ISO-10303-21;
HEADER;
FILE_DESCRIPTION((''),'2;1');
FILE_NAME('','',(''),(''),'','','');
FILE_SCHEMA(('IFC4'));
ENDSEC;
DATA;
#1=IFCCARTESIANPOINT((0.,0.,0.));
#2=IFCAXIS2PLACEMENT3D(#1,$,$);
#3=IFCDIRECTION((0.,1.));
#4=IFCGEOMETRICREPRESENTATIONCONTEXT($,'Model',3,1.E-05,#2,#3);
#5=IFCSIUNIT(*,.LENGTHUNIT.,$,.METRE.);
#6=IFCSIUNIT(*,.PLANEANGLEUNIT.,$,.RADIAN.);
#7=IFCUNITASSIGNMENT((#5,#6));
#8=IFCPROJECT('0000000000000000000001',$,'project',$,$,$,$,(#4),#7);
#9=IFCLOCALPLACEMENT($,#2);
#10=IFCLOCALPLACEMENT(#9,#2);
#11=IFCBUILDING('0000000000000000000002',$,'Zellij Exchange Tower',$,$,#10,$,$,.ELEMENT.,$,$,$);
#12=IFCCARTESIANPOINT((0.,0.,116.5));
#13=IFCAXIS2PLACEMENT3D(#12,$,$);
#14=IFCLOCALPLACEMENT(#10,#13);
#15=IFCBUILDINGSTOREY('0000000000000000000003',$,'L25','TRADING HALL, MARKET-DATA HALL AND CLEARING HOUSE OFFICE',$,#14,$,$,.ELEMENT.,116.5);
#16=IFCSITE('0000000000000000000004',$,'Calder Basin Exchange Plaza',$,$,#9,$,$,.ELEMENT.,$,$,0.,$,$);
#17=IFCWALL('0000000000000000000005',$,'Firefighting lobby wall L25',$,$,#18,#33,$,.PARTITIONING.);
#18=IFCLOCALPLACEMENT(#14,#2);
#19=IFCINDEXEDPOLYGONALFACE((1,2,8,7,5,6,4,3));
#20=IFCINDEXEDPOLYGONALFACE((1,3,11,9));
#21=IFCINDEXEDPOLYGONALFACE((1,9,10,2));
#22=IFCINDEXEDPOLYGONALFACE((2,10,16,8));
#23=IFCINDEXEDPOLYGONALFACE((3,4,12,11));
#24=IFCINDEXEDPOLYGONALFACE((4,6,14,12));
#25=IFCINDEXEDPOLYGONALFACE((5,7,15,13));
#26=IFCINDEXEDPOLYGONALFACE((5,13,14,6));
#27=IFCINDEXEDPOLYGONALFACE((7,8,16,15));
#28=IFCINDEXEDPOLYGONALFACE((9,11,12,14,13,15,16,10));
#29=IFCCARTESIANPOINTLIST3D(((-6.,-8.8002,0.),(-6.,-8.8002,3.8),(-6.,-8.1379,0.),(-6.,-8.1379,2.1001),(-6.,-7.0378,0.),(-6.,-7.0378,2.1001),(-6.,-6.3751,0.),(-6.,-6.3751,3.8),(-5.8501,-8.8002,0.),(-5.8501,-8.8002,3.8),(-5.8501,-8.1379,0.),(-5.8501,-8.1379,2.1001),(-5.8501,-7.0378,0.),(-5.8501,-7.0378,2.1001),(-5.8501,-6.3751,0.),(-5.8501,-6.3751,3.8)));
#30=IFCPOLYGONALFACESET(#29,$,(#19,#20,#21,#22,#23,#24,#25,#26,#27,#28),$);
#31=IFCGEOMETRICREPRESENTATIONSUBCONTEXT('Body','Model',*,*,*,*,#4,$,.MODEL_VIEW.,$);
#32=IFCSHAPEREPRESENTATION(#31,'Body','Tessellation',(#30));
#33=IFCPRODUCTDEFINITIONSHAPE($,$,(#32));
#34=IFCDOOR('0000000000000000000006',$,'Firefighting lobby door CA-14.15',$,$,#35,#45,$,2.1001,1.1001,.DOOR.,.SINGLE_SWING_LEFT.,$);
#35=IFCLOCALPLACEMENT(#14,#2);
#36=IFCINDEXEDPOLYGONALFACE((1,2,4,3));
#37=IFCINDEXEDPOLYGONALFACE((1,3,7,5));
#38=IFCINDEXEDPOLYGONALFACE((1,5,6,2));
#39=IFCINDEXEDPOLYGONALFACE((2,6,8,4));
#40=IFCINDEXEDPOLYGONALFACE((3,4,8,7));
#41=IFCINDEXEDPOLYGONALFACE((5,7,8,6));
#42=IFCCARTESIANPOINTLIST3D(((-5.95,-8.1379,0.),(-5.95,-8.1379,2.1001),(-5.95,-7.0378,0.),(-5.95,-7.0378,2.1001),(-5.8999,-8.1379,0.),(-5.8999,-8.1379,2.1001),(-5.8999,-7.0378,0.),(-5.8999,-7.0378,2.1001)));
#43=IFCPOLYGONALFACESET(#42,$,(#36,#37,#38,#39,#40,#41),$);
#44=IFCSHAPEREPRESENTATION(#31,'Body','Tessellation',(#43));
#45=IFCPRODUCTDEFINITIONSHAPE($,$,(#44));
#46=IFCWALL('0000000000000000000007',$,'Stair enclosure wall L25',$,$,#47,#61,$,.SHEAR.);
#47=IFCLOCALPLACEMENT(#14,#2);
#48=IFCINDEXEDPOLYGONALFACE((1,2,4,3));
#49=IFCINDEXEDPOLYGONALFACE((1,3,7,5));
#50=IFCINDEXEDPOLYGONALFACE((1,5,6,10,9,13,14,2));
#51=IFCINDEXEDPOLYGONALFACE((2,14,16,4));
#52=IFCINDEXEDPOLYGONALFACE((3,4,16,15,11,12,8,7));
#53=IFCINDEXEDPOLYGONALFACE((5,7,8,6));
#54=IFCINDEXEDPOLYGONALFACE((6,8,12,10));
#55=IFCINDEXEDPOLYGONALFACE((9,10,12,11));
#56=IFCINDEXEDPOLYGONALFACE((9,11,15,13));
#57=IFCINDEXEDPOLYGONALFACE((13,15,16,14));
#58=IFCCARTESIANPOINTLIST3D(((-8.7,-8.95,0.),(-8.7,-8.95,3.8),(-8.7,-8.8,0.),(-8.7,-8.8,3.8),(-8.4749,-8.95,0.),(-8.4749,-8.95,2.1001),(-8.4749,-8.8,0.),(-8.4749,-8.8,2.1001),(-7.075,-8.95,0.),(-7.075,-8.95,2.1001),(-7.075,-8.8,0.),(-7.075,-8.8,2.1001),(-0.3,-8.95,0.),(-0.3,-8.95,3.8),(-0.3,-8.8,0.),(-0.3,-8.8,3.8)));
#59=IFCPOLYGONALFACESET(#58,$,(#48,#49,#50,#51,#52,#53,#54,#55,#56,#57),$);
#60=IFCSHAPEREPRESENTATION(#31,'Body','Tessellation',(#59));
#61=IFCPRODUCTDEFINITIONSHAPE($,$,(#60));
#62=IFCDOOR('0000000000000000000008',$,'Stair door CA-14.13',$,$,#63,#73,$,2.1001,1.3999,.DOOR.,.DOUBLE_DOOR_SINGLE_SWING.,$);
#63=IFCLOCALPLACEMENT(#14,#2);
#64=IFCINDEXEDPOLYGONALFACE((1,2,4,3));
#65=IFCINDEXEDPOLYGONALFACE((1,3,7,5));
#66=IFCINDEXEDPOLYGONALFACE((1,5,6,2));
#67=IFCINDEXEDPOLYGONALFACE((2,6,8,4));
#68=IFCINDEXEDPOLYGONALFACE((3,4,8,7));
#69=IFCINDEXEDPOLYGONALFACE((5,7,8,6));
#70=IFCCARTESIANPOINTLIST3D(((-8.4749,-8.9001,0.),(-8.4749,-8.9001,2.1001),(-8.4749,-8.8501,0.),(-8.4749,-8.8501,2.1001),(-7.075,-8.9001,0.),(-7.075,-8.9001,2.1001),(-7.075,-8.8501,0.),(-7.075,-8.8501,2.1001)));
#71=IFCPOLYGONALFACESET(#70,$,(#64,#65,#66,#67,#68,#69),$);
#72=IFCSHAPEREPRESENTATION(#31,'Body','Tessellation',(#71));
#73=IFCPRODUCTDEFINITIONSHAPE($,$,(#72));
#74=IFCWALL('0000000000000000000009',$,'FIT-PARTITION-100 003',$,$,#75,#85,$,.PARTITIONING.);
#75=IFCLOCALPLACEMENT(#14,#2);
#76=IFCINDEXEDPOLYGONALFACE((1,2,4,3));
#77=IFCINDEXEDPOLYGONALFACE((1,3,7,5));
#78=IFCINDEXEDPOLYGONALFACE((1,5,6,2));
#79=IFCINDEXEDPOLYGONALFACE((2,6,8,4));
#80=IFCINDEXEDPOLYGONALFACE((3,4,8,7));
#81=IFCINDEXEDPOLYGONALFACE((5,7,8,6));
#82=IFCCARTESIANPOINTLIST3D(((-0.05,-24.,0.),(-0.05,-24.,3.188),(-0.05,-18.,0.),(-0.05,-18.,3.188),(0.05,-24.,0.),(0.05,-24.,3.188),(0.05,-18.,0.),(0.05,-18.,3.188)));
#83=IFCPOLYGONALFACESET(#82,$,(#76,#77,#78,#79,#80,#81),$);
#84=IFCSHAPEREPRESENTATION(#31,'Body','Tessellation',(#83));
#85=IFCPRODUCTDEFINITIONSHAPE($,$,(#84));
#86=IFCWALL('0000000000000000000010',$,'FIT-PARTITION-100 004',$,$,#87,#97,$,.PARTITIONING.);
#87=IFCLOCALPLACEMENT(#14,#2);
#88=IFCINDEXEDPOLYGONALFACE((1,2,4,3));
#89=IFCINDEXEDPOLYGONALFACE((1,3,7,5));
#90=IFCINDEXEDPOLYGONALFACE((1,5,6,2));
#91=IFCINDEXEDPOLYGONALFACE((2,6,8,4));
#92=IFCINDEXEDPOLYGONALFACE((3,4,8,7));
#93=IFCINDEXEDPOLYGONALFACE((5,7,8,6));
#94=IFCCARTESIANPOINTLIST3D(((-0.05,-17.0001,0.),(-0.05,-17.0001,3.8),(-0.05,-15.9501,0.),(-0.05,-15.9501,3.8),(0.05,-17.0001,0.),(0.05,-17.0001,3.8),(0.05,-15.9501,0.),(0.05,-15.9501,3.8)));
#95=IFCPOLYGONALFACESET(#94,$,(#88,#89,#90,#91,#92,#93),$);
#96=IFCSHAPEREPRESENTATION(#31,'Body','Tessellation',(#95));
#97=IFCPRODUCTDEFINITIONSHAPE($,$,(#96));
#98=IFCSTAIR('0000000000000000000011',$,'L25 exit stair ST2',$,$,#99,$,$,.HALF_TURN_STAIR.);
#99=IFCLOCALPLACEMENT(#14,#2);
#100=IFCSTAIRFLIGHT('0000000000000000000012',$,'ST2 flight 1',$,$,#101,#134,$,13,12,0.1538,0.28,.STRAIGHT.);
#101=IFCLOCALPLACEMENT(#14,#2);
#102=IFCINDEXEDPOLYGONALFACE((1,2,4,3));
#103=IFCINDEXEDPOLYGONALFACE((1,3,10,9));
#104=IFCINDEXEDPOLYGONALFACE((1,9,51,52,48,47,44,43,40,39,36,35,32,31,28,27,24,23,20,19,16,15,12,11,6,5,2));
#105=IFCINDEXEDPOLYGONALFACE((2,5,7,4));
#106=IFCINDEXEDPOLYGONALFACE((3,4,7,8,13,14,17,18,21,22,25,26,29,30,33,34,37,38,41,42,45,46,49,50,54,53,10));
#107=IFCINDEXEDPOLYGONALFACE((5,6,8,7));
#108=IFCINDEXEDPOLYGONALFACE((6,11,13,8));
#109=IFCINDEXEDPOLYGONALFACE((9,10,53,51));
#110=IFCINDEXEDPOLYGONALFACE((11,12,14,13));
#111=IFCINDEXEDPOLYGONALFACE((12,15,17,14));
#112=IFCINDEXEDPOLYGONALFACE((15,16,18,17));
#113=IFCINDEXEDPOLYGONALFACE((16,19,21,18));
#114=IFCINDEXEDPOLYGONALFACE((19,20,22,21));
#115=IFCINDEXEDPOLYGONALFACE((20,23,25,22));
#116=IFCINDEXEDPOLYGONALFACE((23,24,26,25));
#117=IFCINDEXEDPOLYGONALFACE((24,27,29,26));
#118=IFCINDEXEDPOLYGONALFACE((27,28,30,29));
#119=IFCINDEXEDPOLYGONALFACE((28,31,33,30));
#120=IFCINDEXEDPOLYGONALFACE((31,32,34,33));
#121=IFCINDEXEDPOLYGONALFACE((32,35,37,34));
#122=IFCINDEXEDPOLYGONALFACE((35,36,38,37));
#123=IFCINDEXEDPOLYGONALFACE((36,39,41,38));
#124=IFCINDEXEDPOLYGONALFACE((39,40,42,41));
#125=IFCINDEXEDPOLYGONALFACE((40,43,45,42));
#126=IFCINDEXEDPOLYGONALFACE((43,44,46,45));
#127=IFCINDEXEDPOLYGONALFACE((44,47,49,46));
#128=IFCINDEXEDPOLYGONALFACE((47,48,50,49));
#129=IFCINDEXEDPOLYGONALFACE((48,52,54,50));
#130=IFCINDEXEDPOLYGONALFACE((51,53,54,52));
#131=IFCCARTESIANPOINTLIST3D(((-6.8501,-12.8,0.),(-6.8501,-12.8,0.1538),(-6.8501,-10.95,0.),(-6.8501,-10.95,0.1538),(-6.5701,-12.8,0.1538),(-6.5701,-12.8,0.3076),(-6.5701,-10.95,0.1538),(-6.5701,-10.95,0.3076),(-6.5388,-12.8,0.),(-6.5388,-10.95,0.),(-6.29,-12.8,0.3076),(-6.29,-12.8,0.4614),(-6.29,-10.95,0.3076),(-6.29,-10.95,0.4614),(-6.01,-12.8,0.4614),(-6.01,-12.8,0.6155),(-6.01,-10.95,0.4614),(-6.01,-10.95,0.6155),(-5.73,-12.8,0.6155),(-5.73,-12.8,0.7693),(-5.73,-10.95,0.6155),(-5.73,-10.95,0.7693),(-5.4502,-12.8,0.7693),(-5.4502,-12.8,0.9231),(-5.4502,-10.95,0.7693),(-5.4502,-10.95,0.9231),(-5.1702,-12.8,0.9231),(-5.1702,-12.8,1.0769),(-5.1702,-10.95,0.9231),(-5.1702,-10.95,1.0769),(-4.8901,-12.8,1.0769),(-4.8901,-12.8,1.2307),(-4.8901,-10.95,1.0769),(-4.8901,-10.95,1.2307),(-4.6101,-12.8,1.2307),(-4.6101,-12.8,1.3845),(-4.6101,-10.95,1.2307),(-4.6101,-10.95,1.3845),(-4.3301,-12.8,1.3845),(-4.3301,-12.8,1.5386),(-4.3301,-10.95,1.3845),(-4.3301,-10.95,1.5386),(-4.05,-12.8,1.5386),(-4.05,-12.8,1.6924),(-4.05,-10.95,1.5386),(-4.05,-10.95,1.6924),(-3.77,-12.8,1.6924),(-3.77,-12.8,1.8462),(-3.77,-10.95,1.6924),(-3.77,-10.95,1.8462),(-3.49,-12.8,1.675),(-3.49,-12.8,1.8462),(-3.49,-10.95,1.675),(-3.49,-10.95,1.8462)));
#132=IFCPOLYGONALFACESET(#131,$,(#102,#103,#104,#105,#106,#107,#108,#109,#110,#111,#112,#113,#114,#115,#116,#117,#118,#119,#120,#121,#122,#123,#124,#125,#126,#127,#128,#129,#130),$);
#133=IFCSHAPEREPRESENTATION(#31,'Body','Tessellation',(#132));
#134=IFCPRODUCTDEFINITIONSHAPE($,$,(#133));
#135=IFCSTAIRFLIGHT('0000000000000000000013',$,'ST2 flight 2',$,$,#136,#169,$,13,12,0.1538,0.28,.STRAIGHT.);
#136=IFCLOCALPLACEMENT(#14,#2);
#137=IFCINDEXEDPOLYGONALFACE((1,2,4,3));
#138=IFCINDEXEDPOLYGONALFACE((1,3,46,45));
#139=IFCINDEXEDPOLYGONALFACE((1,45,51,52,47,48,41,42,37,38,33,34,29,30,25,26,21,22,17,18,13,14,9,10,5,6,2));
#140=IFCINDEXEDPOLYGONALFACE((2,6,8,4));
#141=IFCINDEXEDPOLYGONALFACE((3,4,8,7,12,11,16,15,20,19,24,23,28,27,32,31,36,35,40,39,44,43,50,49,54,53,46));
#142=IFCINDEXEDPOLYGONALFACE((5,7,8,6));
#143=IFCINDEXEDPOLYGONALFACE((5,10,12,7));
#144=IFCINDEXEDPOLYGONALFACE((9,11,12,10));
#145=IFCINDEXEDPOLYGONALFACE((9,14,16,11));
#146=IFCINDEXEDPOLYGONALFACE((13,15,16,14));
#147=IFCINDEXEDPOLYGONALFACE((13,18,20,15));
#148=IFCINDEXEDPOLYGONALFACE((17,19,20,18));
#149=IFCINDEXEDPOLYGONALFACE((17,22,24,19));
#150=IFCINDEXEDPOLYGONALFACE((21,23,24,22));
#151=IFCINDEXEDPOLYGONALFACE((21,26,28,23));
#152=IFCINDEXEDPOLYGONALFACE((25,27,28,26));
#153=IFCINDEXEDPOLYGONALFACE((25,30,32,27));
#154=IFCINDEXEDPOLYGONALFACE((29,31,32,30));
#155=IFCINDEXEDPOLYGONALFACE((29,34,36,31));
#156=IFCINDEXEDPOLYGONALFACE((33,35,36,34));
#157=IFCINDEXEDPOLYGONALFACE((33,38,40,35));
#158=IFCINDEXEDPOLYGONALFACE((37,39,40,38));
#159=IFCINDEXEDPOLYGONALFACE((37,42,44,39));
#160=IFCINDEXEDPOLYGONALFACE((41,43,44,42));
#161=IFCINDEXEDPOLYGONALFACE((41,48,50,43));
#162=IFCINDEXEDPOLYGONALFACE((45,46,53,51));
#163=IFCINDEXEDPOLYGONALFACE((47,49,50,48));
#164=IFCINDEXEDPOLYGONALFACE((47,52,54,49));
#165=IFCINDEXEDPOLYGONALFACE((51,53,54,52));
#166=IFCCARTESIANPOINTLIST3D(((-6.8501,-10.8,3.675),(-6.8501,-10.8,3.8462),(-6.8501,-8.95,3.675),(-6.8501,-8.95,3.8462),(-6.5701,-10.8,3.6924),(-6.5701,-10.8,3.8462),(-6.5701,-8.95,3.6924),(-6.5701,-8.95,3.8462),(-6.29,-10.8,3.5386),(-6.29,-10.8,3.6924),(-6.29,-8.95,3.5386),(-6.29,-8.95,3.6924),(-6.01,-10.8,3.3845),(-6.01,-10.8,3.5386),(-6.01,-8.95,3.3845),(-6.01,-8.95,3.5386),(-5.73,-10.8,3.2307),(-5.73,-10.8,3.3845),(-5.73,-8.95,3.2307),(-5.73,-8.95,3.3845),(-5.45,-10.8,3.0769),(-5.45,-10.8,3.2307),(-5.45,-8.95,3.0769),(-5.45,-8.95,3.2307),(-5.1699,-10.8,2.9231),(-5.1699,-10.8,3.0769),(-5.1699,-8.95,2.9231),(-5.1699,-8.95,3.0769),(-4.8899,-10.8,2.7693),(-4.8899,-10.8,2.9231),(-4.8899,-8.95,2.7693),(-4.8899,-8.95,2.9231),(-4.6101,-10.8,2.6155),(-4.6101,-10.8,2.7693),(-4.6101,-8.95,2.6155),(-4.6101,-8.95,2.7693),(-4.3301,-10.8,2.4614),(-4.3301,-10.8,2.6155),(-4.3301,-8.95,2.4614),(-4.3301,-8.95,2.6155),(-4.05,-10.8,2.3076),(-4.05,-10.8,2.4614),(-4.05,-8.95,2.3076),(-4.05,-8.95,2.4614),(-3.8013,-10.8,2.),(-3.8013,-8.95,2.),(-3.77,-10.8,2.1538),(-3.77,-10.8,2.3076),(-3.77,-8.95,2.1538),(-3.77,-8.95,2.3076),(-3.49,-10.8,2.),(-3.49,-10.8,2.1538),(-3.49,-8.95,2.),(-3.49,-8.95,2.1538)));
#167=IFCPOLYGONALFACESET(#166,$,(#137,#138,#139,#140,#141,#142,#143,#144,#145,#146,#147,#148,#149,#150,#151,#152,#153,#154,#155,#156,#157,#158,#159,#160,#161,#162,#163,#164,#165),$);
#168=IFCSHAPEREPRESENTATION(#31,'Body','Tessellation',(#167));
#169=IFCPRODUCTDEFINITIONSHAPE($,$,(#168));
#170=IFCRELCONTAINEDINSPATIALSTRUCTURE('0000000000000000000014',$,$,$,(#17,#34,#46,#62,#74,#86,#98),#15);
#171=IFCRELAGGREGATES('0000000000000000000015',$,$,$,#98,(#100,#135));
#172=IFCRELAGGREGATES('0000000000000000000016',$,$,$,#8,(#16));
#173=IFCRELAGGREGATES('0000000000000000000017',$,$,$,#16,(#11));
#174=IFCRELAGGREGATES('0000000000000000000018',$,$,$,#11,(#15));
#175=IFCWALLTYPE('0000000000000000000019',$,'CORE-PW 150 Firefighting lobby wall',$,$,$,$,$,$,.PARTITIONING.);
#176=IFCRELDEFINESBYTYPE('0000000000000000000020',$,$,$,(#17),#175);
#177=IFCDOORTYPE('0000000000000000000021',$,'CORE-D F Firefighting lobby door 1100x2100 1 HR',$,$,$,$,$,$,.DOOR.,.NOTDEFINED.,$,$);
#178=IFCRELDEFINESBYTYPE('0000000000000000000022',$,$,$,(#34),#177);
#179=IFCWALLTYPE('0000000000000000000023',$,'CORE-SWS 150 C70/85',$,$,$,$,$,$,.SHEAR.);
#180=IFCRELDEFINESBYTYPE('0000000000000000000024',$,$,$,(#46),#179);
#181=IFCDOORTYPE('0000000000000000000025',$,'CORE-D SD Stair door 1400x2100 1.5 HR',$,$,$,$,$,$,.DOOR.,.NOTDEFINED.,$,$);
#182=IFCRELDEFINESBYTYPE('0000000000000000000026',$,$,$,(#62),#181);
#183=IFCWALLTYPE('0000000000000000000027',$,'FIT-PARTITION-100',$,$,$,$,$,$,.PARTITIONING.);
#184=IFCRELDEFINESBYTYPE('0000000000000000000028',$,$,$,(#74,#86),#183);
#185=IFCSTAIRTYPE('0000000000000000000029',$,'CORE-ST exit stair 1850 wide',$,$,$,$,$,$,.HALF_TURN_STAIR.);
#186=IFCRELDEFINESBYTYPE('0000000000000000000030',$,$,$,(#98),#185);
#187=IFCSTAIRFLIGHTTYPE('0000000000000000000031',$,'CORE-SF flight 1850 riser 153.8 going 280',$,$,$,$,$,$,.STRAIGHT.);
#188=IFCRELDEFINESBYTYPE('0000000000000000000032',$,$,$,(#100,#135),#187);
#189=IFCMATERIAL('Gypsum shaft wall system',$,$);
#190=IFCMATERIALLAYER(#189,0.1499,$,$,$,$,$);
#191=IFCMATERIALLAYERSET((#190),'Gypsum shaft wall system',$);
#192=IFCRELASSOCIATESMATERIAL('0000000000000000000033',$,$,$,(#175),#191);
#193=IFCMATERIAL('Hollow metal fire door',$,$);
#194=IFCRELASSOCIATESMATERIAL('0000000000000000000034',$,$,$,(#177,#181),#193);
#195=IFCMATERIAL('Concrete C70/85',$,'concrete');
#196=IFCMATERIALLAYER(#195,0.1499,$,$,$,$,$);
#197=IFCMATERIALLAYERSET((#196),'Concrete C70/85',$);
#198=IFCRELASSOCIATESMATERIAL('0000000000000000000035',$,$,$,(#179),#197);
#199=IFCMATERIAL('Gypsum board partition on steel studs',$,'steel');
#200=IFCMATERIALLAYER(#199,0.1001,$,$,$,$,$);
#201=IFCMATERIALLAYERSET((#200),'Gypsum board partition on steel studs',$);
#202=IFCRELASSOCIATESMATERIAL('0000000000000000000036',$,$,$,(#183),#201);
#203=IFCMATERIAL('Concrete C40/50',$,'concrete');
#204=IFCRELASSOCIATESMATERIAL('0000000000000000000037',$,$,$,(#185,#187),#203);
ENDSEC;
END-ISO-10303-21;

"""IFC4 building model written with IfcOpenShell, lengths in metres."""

from ifc_helpers import new_model, si_unit, direction, frame, frame_2d, origin, place, context, subcontext, project, spatial, polyline, rectangle, outline, extrude, material, layer, layer_set, type_object, element, fill, aggregate, save


model = new_model("IFC4")

# Units and contexts
model_context = context("Model", 3, precision=1e-05, world=origin(), true_north=direction((0.0, 1.0)))
body_context = subcontext(model_context, "Body", "Model", "MODEL_VIEW")
ifc_project = project(units=[si_unit("LENGTHUNIT", "METRE"), si_unit("PLANEANGLEUNIT", "RADIAN")], contexts=[model_context])

# Site, building, storey
site_placement = place(None, origin())
site = spatial("IfcSite", under=ifc_project, at=site_placement, Name="Calder Basin Exchange Plaza", CompositionType="ELEMENT", RefElevation=0.0)
building_placement = place(site_placement, origin())
building = spatial("IfcBuilding", under=site, at=building_placement, Name="Zellij Exchange Tower", CompositionType="ELEMENT")
storey_placement = place(building_placement, frame((0.0, 0.0, 116.5)))
storey = spatial("IfcBuildingStorey", under=building, at=storey_placement, Name="L25", Description="TRADING HALL, MARKET-DATA HALL AND CLEARING HOUSE OFFICE", CompositionType="ELEMENT", Elevation=116.5)

# Shared definitions
ifc_material_1 = material(Name="Concrete C70/85", Category="concrete")

# Walls, openings, doors
ifc_material_2 = material(Name="Gypsum shaft wall system")
ifc_layer_1 = layer(ifc_material_2, 0.1499)
ifc_layer_set_1 = layer_set([ifc_layer_1], Name="Gypsum shaft wall system")
wall_type_1 = type_object("IfcWallType", Name="CORE-PW 150 Firefighting lobby wall", PredefinedType="PARTITIONING", material=ifc_layer_set_1)
wall_1_placement = place(storey_placement, frame((-5.925, -8.8, 0.0), z_axis=(0.0, 0.0, 1.0), x_axis=(0.0, 1.0, 0.0)))
wall_1 = element("IfcWall", 1, at=wall_1_placement, inside=storey, type_object=wall_type_1, Name="Firefighting lobby wall L25", PredefinedType="PARTITIONING", context=body_context, shape_type="SweptSolid", body=[
    extrude(rectangle(XDim=2.425, YDim=0.1499, at=frame_2d((1.2124, 0.0))), origin(), (0.0, 0.0, 1.0), 3.8),
])
opening_1_placement = place(wall_1_placement, frame((0.6621, 0.0, 0.0)))
opening_1 = element("IfcOpeningElement", 2, at=opening_1_placement, cuts=wall_1, PredefinedType="OPENING", context=body_context, shape_type="SweptSolid", body=[
    extrude(rectangle(XDim=1.1001, YDim=2.1001, at=frame_2d((0.55, 1.05))), frame((0.0, 0.0869, 0.0), z_axis=(0.0, -1.0, 0.0), x_axis=(1.0, 0.0, 0.0)), (0.0, 0.0, 1.0), 0.1738),
])
ifc_material_3 = material(Name="Hollow metal fire door")
door_type_1 = type_object("IfcDoorType", Name="CORE-D F Firefighting lobby door 1100x2100 1 HR", OperationType="NOTDEFINED", PredefinedType="DOOR", material=ifc_material_3)
door_1_placement = place(opening_1_placement, origin())
door_1 = element("IfcDoor", 3, at=door_1_placement, inside=storey, type_object=door_type_1, Name="Firefighting lobby door CA-14.15", OperationType="SINGLE_SWING_LEFT", OverallHeight=2.1001, OverallWidth=1.1001, PredefinedType="DOOR", context=body_context, shape_type="SweptSolid", body=[
    extrude(rectangle(XDim=1.1001, YDim=2.1001, at=frame_2d((0.55, 1.05))), frame((0.0, 0.0249, 0.0), z_axis=(0.0, -1.0, 0.0), x_axis=(1.0, 0.0, 0.0)), (0.0, 0.0, 1.0), 0.05),
])
fill(opening_1, door_1)
ifc_layer_2 = layer(ifc_material_1, 0.1499)
ifc_layer_set_2 = layer_set([ifc_layer_2], Name="Concrete C70/85")
wall_type_2 = type_object("IfcWallType", Name="CORE-SWS 150 C70/85", PredefinedType="SHEAR", material=ifc_layer_set_2)
wall_2_placement = place(storey_placement, frame((-8.7, -8.875, 0.0), z_axis=(0.0, 0.0, 1.0), x_axis=(1.0, 0.0, 0.0)))
wall_2 = element("IfcWall", 4, at=wall_2_placement, inside=storey, type_object=wall_type_2, Name="Stair enclosure wall L25", PredefinedType="SHEAR", context=body_context, shape_type="SweptSolid", body=[
    extrude(rectangle(XDim=8.3999, YDim=0.1499, at=frame_2d((4.2, 0.0))), origin(), (0.0, 0.0, 1.0), 3.8),
])
opening_2_placement = place(wall_2_placement, frame((0.2251, 0.0, 0.0)))
opening_2 = element("IfcOpeningElement", 5, at=opening_2_placement, cuts=wall_2, PredefinedType="OPENING", context=body_context, shape_type="SweptSolid", body=[
    extrude(rectangle(XDim=1.3999, YDim=2.1001, at=frame_2d((0.7, 1.05))), frame((0.0, 0.0869, 0.0), z_axis=(0.0, -1.0, 0.0), x_axis=(1.0, 0.0, 0.0)), (0.0, 0.0, 1.0), 0.1738),
])
door_type_2 = type_object("IfcDoorType", Name="CORE-D SD Stair door 1400x2100 1.5 HR", OperationType="NOTDEFINED", PredefinedType="DOOR", material=ifc_material_3)
door_2_placement = place(opening_2_placement, origin())
door_2 = element("IfcDoor", 6, at=door_2_placement, inside=storey, type_object=door_type_2, Name="Stair door CA-14.13", OperationType="DOUBLE_DOOR_SINGLE_SWING", OverallHeight=2.1001, OverallWidth=1.3999, PredefinedType="DOOR", context=body_context, shape_type="SweptSolid", body=[
    extrude(rectangle(XDim=1.3999, YDim=2.1001, at=frame_2d((0.7, 1.05))), frame((0.0, 0.0249, 0.0), z_axis=(0.0, -1.0, 0.0), x_axis=(1.0, 0.0, 0.0)), (0.0, 0.0, 1.0), 0.05),
])
fill(opening_2, door_2)

# Walls
ifc_material_4 = material(Name="Gypsum board partition on steel studs", Category="steel")
ifc_layer_3 = layer(ifc_material_4, 0.1001)
ifc_layer_set_3 = layer_set([ifc_layer_3], Name="Gypsum board partition on steel studs")
wall_type_3 = type_object("IfcWallType", Name="FIT-PARTITION-100", PredefinedType="PARTITIONING", material=ifc_layer_set_3)
wall_3_placement = place(storey_placement, frame((0.0, -24.0, 0.0), z_axis=(0.0, 0.0, 1.0), x_axis=(0.0, 1.0, 0.0)))
element("IfcWall", 7, at=wall_3_placement, inside=storey, type_object=wall_type_3, Name="FIT-PARTITION-100 003", PredefinedType="PARTITIONING", context=body_context, shape_type="SweptSolid", body=[
    extrude(rectangle(XDim=6.0, YDim=0.1001, at=frame_2d((3.0, 0.0))), origin(), (0.0, 0.0, 1.0), 3.188),
])
wall_4_placement = place(storey_placement, frame((0.0, -17.0, 0.0), z_axis=(0.0, 0.0, 1.0), x_axis=(0.0, 1.0, 0.0)))
element("IfcWall", 8, at=wall_4_placement, inside=storey, type_object=wall_type_3, Name="FIT-PARTITION-100 004", PredefinedType="PARTITIONING", context=body_context, shape_type="SweptSolid", body=[
    extrude(rectangle(XDim=1.05, YDim=0.1001, at=frame_2d((0.5249, 0.0))), origin(), (0.0, 0.0, 1.0), 3.8),
])

# Stair, stair flights
ifc_material_5 = material(Name="Concrete C40/50", Category="concrete")
stair_type = type_object("IfcStairType", Name="CORE-ST exit stair 1850 wide", PredefinedType="HALF_TURN_STAIR", material=ifc_material_5)
stair_placement = place(storey_placement, origin())
stair = element("IfcStair", 9, at=stair_placement, inside=storey, type_object=stair_type, Name="L25 exit stair ST2", PredefinedType="HALF_TURN_STAIR")
stair_flight_type = type_object("IfcStairFlightType", Name="CORE-SF flight 1850 riser 153.8 going 280", PredefinedType="STRAIGHT", material=ifc_material_5)
stair_flight_1_placement = place(storey_placement, frame((-6.8501, -11.875, 0.0), z_axis=(0.0, 0.0, 1.0), x_axis=(1.0, 0.0, 0.0)))
stair_flight_1 = element("IfcStairFlight", 10, at=stair_flight_1_placement, type_object=stair_flight_type, Name="ST2 flight 1", NumberOfRisers=13, NumberOfTreads=12, PredefinedType="STRAIGHT", RiserHeight=0.1538, TreadLength=0.28, context=body_context, shape_type="SweptSolid", body=[
    extrude(outline(polyline([(0.0, 0.0), (0.0, 0.1538), (0.28, 0.1538), (0.28, 0.3076), (0.5601, 0.3076), (0.5601, 0.4614), (0.8401, 0.4614), (0.8401, 0.6155), (1.1201, 0.6155), (1.1201, 0.7693), (1.3999, 0.7693), (1.3999, 0.9231), (1.6799, 0.9231), (1.6799, 1.0769), (1.96, 1.0769), (1.96, 1.2307), (2.24, 1.2307), (2.24, 1.3845), (2.52, 1.3845), (2.52, 1.5386), (2.8, 1.5386), (2.8, 1.6924), (3.0801, 1.6924), (3.0801, 1.8462), (3.3601, 1.8462), (3.3601, 2.0), (3.3601, 1.675), (0.3113, 0.0), (0.0, 0.0)])), frame((0.0, 0.925, 0.0), z_axis=(0.0, -1.0, 0.0), x_axis=(1.0, 0.0, 0.0)), (0.0, 0.0, 1.0), 1.8501),
])
stair_flight_2_placement = place(storey_placement, frame((-3.49, -9.875, 2.0), z_axis=(0.0, 0.0, 1.0), x_axis=(-1.0, 0.0, 0.0)))
stair_flight_2 = element("IfcStairFlight", 11, at=stair_flight_2_placement, type_object=stair_flight_type, Name="ST2 flight 2", NumberOfRisers=13, NumberOfTreads=12, PredefinedType="STRAIGHT", RiserHeight=0.1538, TreadLength=0.28, context=body_context, shape_type="SweptSolid", body=[
    extrude(outline(polyline([(0.0, 0.0), (0.0, 0.1538), (0.28, 0.1538), (0.28, 0.3076), (0.5601, 0.3076), (0.5601, 0.4614), (0.8401, 0.4614), (0.8401, 0.6155), (1.1201, 0.6155), (1.1201, 0.7693), (1.3999, 0.7693), (1.3999, 0.9231), (1.6799, 0.9231), (1.6799, 1.0769), (1.96, 1.0769), (1.96, 1.2307), (2.24, 1.2307), (2.24, 1.3845), (2.52, 1.3845), (2.52, 1.5386), (2.8, 1.5386), (2.8, 1.6924), (3.0801, 1.6924), (3.0801, 1.8462), (3.3601, 1.8462), (3.3601, 2.0), (3.3601, 1.675), (0.3113, 0.0), (0.0, 0.0)])), frame((0.0, 0.925, 0.0), z_axis=(0.0, -1.0, 0.0), x_axis=(1.0, 0.0, 0.0)), (0.0, 0.0, 1.0), 1.8501),
])
aggregate(stair, [stair_flight_1, stair_flight_2])

save(model, "model.ifc")
